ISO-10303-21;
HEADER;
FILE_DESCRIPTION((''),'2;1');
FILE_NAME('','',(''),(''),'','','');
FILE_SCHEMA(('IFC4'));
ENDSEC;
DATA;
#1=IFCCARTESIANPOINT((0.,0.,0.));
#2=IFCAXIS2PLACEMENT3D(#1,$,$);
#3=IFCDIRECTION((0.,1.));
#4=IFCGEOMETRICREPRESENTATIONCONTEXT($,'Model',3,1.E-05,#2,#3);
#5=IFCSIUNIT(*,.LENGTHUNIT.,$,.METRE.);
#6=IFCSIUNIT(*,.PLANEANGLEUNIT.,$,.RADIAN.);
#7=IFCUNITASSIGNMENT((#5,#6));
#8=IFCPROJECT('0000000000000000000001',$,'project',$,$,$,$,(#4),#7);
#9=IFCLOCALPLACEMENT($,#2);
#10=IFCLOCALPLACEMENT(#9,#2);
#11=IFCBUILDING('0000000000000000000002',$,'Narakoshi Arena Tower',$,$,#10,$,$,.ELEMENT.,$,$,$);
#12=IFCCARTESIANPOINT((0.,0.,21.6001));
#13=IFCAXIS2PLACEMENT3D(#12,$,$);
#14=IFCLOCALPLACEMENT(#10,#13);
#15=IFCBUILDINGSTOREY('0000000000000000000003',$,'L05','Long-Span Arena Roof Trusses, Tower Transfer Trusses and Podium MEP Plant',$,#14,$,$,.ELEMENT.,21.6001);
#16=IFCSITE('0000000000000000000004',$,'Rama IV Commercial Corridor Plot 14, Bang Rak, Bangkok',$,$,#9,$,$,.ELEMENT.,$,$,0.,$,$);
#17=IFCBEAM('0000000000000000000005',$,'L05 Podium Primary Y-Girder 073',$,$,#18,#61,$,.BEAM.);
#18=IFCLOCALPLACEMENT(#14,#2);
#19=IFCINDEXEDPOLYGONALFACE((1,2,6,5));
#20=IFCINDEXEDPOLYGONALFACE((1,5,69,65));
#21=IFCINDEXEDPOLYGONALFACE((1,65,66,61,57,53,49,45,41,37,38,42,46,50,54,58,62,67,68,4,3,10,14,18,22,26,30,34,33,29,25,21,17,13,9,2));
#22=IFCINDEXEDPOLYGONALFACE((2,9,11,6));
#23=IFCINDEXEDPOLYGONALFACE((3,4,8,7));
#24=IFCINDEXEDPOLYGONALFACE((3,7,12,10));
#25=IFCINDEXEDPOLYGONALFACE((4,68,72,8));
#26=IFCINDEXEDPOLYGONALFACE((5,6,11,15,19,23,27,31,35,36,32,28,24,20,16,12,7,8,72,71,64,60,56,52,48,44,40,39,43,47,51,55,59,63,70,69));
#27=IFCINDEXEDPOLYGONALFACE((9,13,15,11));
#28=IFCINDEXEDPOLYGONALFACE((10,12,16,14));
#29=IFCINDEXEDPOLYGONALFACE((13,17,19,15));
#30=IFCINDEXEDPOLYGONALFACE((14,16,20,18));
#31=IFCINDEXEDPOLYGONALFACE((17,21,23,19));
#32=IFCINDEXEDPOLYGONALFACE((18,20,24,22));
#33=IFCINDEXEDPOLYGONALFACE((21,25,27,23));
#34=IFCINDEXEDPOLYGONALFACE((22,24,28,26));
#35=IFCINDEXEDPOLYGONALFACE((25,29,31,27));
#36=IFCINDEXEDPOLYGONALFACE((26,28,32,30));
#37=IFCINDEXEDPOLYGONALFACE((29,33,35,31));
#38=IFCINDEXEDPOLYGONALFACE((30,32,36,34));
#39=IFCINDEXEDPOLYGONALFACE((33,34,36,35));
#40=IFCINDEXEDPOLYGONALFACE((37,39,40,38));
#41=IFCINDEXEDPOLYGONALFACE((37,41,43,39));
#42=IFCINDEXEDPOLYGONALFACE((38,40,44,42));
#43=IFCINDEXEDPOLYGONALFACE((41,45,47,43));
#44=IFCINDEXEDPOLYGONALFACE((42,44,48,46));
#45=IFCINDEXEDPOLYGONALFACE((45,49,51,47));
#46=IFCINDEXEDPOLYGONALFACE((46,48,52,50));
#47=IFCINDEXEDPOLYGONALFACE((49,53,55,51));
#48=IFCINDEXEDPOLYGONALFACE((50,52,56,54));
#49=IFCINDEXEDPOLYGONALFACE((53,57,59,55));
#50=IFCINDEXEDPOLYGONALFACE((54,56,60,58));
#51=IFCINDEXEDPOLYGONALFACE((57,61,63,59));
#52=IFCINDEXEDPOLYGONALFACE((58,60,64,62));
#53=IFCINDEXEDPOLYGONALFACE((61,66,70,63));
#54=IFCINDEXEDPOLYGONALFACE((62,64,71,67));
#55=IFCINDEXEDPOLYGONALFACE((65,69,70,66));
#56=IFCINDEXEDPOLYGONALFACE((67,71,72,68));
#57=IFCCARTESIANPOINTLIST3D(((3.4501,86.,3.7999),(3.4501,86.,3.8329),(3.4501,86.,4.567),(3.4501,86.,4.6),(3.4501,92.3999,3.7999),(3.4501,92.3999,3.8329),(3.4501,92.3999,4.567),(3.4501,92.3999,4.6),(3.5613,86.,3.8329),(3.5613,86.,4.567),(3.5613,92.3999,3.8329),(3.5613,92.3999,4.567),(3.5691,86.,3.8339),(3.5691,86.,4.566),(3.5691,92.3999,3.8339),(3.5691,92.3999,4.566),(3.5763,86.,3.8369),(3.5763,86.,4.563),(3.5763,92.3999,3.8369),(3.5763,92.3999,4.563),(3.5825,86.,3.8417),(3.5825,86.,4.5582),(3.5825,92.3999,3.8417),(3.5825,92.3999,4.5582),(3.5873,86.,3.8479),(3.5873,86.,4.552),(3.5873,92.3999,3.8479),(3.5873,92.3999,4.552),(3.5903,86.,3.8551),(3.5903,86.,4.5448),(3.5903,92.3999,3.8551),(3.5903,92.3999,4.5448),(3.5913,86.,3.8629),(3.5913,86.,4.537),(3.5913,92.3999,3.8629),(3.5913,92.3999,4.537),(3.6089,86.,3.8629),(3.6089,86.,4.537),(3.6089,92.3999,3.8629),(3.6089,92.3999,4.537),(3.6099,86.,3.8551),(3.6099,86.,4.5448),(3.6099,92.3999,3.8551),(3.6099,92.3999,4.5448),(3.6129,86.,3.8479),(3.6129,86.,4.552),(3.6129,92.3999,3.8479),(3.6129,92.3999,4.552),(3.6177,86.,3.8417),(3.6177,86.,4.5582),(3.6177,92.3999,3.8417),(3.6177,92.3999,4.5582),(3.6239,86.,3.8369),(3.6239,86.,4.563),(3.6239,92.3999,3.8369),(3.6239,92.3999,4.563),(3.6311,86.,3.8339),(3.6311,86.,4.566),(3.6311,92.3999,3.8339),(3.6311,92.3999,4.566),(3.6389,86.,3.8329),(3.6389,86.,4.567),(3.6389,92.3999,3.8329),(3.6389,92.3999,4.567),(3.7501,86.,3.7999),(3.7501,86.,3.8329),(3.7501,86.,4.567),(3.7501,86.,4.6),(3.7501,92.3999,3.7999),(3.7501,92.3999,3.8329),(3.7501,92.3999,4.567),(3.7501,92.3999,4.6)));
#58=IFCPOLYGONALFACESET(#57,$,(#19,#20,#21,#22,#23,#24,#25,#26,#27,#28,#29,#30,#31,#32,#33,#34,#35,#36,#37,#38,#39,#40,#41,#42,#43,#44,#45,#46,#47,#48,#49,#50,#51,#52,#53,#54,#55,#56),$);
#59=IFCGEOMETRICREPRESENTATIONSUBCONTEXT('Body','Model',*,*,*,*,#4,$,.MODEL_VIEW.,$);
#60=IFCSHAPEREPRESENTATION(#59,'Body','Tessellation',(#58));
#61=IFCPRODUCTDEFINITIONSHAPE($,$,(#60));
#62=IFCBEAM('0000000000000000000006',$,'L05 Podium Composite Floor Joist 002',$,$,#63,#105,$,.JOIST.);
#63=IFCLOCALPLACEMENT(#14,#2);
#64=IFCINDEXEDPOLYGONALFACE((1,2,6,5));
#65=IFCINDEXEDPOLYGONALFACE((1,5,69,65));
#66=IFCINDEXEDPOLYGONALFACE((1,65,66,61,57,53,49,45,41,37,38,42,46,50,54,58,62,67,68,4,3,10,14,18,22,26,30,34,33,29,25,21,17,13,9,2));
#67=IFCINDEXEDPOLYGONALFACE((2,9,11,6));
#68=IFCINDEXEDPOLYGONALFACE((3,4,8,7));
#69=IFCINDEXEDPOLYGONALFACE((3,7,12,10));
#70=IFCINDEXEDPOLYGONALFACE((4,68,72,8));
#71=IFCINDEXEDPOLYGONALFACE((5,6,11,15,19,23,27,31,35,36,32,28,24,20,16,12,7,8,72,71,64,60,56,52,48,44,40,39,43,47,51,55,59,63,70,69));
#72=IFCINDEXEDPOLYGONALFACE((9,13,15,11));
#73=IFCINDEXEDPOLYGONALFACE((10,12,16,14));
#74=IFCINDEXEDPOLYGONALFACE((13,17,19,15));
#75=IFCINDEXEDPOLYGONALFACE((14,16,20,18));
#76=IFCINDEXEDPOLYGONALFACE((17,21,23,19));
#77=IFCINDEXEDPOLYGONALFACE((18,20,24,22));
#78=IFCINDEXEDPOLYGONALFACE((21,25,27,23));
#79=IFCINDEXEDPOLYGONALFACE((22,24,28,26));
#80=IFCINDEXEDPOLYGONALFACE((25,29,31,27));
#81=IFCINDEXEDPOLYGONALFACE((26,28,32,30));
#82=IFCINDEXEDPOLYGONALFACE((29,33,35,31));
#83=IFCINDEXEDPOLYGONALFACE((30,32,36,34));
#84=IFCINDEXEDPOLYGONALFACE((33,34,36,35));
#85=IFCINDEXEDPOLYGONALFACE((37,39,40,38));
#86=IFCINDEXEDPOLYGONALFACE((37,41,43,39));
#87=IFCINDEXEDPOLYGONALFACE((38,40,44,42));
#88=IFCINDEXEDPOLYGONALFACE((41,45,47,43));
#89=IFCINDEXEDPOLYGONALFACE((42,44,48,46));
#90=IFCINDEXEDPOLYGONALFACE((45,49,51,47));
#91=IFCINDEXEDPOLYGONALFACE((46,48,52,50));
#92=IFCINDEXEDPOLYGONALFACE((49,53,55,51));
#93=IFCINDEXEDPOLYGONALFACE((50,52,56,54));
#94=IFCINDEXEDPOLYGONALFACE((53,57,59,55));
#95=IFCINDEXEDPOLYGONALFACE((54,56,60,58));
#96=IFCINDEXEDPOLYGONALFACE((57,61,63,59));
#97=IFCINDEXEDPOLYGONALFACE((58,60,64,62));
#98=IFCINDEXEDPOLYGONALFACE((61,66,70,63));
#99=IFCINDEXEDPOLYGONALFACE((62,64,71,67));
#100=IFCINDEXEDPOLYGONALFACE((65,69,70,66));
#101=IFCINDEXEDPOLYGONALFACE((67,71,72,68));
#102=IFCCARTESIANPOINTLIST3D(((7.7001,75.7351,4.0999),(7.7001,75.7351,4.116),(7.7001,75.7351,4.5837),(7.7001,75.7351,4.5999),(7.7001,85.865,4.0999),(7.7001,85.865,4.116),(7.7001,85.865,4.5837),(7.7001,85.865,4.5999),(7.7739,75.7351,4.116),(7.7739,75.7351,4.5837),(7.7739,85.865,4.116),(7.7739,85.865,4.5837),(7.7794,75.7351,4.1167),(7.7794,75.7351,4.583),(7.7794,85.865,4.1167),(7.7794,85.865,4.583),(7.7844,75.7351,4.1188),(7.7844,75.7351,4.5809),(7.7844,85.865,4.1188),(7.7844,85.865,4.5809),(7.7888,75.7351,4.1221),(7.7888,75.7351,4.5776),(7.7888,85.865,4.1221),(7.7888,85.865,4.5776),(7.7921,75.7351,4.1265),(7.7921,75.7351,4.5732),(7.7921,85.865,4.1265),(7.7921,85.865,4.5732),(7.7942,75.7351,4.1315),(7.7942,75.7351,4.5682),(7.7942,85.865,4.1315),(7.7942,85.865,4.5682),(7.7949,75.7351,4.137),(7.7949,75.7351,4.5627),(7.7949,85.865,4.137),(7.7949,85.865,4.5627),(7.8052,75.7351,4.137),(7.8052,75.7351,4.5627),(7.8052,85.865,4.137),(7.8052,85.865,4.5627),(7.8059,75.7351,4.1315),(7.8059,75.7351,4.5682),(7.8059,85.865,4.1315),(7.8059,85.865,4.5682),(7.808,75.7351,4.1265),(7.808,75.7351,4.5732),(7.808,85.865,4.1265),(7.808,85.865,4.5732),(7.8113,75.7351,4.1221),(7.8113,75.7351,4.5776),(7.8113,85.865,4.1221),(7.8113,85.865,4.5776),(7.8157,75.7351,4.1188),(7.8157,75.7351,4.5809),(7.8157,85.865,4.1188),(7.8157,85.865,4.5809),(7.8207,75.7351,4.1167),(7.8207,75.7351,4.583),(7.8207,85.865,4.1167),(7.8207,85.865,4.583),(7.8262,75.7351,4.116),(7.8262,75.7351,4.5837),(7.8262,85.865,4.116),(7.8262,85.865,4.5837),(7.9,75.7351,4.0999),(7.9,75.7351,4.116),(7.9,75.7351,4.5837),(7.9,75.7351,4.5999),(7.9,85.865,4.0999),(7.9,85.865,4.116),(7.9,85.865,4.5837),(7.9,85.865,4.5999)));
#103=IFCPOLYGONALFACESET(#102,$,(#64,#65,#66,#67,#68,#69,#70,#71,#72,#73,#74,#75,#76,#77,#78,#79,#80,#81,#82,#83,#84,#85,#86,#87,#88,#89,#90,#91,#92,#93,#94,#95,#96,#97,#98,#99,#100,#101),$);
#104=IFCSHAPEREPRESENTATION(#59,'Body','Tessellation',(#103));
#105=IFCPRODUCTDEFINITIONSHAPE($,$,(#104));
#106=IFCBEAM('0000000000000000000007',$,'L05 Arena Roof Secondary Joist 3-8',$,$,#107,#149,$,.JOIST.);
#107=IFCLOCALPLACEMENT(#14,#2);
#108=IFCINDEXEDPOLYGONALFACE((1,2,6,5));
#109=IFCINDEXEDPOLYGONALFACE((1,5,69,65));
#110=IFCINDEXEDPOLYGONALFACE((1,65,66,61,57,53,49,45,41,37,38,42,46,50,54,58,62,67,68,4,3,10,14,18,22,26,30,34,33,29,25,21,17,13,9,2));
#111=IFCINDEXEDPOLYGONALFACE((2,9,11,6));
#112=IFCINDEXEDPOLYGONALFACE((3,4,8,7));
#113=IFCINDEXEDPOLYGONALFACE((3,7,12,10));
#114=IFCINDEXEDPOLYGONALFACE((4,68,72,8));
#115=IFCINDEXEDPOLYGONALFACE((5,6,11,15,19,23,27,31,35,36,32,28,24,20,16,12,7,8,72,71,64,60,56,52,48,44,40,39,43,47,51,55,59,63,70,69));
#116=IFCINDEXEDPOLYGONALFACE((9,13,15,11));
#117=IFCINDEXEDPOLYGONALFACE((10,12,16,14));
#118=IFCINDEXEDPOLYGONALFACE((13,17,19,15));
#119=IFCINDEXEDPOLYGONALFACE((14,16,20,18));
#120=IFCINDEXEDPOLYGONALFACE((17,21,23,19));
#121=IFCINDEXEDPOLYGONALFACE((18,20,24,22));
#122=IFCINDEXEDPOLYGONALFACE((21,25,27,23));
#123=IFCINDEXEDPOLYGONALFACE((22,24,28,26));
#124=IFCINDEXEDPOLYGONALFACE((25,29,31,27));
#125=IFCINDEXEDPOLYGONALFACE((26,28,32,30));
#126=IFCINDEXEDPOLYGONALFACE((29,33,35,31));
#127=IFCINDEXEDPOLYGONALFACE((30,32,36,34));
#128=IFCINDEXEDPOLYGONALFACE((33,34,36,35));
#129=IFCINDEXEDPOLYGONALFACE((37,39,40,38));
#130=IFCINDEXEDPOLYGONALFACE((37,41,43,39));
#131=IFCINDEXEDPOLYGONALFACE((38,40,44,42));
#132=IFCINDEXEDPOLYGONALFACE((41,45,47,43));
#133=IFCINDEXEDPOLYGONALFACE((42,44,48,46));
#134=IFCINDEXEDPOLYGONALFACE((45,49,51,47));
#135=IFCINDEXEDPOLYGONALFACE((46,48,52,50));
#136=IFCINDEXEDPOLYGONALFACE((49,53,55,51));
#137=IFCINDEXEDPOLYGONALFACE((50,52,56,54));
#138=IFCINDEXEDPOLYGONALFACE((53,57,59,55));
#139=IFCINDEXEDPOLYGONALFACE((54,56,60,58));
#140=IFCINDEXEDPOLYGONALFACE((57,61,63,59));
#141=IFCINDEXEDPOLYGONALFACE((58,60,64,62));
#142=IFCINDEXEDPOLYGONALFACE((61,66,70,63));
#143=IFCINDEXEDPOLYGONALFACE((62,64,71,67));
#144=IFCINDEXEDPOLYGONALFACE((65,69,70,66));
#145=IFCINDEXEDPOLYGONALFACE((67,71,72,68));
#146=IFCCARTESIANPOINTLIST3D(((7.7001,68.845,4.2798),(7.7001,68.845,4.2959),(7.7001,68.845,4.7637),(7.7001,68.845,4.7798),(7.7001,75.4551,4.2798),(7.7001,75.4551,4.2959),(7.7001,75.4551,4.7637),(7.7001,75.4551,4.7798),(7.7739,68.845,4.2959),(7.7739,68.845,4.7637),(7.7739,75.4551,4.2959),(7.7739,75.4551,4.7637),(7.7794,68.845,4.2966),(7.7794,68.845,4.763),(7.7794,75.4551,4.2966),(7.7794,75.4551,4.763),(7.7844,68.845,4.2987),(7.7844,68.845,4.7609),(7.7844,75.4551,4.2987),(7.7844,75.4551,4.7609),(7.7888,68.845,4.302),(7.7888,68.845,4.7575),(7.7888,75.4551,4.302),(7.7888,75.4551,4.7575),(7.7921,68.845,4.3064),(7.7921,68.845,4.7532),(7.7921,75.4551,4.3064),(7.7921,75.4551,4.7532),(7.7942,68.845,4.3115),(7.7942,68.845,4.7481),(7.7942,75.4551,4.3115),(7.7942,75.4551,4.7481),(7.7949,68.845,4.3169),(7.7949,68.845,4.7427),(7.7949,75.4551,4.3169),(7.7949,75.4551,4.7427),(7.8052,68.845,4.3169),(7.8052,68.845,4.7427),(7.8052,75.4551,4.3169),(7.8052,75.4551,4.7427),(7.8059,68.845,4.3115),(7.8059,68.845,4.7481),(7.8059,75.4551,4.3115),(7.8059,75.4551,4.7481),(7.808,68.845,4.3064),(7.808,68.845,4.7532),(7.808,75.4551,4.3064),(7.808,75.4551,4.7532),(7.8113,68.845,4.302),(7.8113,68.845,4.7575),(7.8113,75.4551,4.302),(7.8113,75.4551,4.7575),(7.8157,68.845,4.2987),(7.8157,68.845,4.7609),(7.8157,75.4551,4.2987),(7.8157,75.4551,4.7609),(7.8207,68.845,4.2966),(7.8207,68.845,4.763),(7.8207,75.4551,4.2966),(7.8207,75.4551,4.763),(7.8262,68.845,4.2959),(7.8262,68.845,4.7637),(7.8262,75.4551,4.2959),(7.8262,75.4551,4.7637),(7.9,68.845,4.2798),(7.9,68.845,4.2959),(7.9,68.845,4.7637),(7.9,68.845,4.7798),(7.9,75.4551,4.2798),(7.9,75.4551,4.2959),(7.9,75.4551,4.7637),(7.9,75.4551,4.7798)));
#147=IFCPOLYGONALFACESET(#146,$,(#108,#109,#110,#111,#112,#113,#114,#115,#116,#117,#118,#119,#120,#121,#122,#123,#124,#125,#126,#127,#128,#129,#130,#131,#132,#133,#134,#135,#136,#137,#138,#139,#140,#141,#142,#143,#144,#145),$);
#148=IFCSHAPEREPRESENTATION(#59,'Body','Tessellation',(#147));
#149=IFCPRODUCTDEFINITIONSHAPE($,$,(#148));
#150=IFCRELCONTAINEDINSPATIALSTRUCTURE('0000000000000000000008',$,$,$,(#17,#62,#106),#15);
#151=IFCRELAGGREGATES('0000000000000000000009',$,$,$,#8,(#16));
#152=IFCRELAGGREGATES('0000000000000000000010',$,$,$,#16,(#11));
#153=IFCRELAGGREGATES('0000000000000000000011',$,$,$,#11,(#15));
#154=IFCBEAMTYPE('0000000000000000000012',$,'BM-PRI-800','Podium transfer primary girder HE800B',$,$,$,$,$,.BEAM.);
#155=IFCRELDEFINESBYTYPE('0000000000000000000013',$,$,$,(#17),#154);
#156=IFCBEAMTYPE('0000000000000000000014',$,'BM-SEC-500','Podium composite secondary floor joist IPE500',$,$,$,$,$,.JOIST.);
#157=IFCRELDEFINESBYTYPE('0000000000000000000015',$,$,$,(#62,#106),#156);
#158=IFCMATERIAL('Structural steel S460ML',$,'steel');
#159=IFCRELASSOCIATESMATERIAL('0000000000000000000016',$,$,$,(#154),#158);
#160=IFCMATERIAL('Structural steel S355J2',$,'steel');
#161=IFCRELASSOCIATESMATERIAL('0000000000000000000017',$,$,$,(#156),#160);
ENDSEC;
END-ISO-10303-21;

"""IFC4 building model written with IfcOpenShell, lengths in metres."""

from ifc_helpers import new_model, si_unit, direction, frame, origin, origin_2d, place, context, subcontext, project, spatial, i_section, extrude, material, material_profile, profile_set, type_object, element, save


model = new_model("IFC4")

# Units and contexts
model_context = context("Model", 3, precision=1e-05, world=origin(), true_north=direction((0.0, 1.0)))
body_context = subcontext(model_context, "Body", "Model", "MODEL_VIEW")
ifc_project = project(units=[si_unit("LENGTHUNIT", "METRE"), si_unit("PLANEANGLEUNIT", "RADIAN")], contexts=[model_context])

# Site, building, storey
site_placement = place(None, origin())
site = spatial("IfcSite", under=ifc_project, at=site_placement, Name="Rama IV Commercial Corridor Plot 14, Bang Rak, Bangkok", CompositionType="ELEMENT", RefElevation=0.0)
building_placement = place(site_placement, origin())
building = spatial("IfcBuilding", under=site, at=building_placement, Name="Narakoshi Arena Tower", CompositionType="ELEMENT")
storey_placement = place(building_placement, frame((0.0, 0.0, 21.6001)))
storey = spatial("IfcBuildingStorey", under=building, at=storey_placement, Name="L05", Description="Long-Span Arena Roof Trusses, Tower Transfer Trusses and Podium MEP Plant", CompositionType="ELEMENT", Elevation=21.6001)

# Shared definitions
ifc_material_1 = material(Name="Structural steel S355J2", Category="steel")

# Beams
ifc_material_2 = material(Name="Structural steel S460ML", Category="steel")
ifc_material_profile_1 = material_profile(ifc_material_2, i_section(OverallWidth=0.3, OverallDepth=0.8, WebThickness=0.0176, FlangeThickness=0.033, FilletRadius=0.03, at=origin_2d()), Name="HE800B")
ifc_profile_set_1 = profile_set([ifc_material_profile_1], Name="Structural steel S460ML")
beam_type_1 = type_object("IfcBeamType", Name="BM-PRI-800", Description="Podium transfer primary girder HE800B", PredefinedType="BEAM", material=ifc_profile_set_1)
beam_1_placement = place(storey_placement, frame((3.6001, 86.0, 4.2), z_axis=(0.0, 1.0, 0.0), x_axis=(-1.0, 0.0, 0.0)))
element("IfcBeam", 1, at=beam_1_placement, inside=storey, type_object=beam_type_1, Name="L05 Podium Primary Y-Girder 073", PredefinedType="BEAM", context=body_context, shape_type="SweptSolid", body=[
    extrude(i_section(OverallWidth=0.3, OverallDepth=0.8, WebThickness=0.0176, FlangeThickness=0.033, FilletRadius=0.03, at=origin_2d()), origin(), (0.0, 0.0, 1.0), 6.3999),
])
ifc_material_profile_2 = material_profile(ifc_material_1, i_section(OverallWidth=0.2, OverallDepth=0.5, WebThickness=0.0103, FlangeThickness=0.0161, FilletRadius=0.021, at=origin_2d()), Name="IPE500")
ifc_profile_set_2 = profile_set([ifc_material_profile_2], Name="Structural steel S355J2")
beam_type_2 = type_object("IfcBeamType", Name="BM-SEC-500", Description="Podium composite secondary floor joist IPE500", PredefinedType="JOIST", material=ifc_profile_set_2)
beam_2_placement = place(storey_placement, frame((7.8, 75.7351, 4.3499), z_axis=(0.0, 1.0, 0.0), x_axis=(-1.0, 0.0, 0.0)))
element("IfcBeam", 2, at=beam_2_placement, inside=storey, type_object=beam_type_2, Name="L05 Podium Composite Floor Joist 002", PredefinedType="JOIST", context=body_context, shape_type="SweptSolid", body=[
    extrude(i_section(OverallWidth=0.2, OverallDepth=0.5, WebThickness=0.0103, FlangeThickness=0.0161, FilletRadius=0.021, at=origin_2d()), origin(), (0.0, 0.0, 1.0), 10.1299),
])
beam_3_placement = place(storey_placement, frame((7.8, 68.845, 4.5298), z_axis=(0.0, 1.0, 0.0), x_axis=(-1.0, 0.0, 0.0)))
element("IfcBeam", 3, at=beam_3_placement, inside=storey, type_object=beam_type_2, Name="L05 Arena Roof Secondary Joist 3-8", PredefinedType="JOIST", context=body_context, shape_type="SweptSolid", body=[
    extrude(i_section(OverallWidth=0.2, OverallDepth=0.5, WebThickness=0.0103, FlangeThickness=0.0161, FilletRadius=0.021, at=origin_2d()), origin(), (0.0, 0.0, 1.0), 6.6101),
])

save(model, "model.ifc")
